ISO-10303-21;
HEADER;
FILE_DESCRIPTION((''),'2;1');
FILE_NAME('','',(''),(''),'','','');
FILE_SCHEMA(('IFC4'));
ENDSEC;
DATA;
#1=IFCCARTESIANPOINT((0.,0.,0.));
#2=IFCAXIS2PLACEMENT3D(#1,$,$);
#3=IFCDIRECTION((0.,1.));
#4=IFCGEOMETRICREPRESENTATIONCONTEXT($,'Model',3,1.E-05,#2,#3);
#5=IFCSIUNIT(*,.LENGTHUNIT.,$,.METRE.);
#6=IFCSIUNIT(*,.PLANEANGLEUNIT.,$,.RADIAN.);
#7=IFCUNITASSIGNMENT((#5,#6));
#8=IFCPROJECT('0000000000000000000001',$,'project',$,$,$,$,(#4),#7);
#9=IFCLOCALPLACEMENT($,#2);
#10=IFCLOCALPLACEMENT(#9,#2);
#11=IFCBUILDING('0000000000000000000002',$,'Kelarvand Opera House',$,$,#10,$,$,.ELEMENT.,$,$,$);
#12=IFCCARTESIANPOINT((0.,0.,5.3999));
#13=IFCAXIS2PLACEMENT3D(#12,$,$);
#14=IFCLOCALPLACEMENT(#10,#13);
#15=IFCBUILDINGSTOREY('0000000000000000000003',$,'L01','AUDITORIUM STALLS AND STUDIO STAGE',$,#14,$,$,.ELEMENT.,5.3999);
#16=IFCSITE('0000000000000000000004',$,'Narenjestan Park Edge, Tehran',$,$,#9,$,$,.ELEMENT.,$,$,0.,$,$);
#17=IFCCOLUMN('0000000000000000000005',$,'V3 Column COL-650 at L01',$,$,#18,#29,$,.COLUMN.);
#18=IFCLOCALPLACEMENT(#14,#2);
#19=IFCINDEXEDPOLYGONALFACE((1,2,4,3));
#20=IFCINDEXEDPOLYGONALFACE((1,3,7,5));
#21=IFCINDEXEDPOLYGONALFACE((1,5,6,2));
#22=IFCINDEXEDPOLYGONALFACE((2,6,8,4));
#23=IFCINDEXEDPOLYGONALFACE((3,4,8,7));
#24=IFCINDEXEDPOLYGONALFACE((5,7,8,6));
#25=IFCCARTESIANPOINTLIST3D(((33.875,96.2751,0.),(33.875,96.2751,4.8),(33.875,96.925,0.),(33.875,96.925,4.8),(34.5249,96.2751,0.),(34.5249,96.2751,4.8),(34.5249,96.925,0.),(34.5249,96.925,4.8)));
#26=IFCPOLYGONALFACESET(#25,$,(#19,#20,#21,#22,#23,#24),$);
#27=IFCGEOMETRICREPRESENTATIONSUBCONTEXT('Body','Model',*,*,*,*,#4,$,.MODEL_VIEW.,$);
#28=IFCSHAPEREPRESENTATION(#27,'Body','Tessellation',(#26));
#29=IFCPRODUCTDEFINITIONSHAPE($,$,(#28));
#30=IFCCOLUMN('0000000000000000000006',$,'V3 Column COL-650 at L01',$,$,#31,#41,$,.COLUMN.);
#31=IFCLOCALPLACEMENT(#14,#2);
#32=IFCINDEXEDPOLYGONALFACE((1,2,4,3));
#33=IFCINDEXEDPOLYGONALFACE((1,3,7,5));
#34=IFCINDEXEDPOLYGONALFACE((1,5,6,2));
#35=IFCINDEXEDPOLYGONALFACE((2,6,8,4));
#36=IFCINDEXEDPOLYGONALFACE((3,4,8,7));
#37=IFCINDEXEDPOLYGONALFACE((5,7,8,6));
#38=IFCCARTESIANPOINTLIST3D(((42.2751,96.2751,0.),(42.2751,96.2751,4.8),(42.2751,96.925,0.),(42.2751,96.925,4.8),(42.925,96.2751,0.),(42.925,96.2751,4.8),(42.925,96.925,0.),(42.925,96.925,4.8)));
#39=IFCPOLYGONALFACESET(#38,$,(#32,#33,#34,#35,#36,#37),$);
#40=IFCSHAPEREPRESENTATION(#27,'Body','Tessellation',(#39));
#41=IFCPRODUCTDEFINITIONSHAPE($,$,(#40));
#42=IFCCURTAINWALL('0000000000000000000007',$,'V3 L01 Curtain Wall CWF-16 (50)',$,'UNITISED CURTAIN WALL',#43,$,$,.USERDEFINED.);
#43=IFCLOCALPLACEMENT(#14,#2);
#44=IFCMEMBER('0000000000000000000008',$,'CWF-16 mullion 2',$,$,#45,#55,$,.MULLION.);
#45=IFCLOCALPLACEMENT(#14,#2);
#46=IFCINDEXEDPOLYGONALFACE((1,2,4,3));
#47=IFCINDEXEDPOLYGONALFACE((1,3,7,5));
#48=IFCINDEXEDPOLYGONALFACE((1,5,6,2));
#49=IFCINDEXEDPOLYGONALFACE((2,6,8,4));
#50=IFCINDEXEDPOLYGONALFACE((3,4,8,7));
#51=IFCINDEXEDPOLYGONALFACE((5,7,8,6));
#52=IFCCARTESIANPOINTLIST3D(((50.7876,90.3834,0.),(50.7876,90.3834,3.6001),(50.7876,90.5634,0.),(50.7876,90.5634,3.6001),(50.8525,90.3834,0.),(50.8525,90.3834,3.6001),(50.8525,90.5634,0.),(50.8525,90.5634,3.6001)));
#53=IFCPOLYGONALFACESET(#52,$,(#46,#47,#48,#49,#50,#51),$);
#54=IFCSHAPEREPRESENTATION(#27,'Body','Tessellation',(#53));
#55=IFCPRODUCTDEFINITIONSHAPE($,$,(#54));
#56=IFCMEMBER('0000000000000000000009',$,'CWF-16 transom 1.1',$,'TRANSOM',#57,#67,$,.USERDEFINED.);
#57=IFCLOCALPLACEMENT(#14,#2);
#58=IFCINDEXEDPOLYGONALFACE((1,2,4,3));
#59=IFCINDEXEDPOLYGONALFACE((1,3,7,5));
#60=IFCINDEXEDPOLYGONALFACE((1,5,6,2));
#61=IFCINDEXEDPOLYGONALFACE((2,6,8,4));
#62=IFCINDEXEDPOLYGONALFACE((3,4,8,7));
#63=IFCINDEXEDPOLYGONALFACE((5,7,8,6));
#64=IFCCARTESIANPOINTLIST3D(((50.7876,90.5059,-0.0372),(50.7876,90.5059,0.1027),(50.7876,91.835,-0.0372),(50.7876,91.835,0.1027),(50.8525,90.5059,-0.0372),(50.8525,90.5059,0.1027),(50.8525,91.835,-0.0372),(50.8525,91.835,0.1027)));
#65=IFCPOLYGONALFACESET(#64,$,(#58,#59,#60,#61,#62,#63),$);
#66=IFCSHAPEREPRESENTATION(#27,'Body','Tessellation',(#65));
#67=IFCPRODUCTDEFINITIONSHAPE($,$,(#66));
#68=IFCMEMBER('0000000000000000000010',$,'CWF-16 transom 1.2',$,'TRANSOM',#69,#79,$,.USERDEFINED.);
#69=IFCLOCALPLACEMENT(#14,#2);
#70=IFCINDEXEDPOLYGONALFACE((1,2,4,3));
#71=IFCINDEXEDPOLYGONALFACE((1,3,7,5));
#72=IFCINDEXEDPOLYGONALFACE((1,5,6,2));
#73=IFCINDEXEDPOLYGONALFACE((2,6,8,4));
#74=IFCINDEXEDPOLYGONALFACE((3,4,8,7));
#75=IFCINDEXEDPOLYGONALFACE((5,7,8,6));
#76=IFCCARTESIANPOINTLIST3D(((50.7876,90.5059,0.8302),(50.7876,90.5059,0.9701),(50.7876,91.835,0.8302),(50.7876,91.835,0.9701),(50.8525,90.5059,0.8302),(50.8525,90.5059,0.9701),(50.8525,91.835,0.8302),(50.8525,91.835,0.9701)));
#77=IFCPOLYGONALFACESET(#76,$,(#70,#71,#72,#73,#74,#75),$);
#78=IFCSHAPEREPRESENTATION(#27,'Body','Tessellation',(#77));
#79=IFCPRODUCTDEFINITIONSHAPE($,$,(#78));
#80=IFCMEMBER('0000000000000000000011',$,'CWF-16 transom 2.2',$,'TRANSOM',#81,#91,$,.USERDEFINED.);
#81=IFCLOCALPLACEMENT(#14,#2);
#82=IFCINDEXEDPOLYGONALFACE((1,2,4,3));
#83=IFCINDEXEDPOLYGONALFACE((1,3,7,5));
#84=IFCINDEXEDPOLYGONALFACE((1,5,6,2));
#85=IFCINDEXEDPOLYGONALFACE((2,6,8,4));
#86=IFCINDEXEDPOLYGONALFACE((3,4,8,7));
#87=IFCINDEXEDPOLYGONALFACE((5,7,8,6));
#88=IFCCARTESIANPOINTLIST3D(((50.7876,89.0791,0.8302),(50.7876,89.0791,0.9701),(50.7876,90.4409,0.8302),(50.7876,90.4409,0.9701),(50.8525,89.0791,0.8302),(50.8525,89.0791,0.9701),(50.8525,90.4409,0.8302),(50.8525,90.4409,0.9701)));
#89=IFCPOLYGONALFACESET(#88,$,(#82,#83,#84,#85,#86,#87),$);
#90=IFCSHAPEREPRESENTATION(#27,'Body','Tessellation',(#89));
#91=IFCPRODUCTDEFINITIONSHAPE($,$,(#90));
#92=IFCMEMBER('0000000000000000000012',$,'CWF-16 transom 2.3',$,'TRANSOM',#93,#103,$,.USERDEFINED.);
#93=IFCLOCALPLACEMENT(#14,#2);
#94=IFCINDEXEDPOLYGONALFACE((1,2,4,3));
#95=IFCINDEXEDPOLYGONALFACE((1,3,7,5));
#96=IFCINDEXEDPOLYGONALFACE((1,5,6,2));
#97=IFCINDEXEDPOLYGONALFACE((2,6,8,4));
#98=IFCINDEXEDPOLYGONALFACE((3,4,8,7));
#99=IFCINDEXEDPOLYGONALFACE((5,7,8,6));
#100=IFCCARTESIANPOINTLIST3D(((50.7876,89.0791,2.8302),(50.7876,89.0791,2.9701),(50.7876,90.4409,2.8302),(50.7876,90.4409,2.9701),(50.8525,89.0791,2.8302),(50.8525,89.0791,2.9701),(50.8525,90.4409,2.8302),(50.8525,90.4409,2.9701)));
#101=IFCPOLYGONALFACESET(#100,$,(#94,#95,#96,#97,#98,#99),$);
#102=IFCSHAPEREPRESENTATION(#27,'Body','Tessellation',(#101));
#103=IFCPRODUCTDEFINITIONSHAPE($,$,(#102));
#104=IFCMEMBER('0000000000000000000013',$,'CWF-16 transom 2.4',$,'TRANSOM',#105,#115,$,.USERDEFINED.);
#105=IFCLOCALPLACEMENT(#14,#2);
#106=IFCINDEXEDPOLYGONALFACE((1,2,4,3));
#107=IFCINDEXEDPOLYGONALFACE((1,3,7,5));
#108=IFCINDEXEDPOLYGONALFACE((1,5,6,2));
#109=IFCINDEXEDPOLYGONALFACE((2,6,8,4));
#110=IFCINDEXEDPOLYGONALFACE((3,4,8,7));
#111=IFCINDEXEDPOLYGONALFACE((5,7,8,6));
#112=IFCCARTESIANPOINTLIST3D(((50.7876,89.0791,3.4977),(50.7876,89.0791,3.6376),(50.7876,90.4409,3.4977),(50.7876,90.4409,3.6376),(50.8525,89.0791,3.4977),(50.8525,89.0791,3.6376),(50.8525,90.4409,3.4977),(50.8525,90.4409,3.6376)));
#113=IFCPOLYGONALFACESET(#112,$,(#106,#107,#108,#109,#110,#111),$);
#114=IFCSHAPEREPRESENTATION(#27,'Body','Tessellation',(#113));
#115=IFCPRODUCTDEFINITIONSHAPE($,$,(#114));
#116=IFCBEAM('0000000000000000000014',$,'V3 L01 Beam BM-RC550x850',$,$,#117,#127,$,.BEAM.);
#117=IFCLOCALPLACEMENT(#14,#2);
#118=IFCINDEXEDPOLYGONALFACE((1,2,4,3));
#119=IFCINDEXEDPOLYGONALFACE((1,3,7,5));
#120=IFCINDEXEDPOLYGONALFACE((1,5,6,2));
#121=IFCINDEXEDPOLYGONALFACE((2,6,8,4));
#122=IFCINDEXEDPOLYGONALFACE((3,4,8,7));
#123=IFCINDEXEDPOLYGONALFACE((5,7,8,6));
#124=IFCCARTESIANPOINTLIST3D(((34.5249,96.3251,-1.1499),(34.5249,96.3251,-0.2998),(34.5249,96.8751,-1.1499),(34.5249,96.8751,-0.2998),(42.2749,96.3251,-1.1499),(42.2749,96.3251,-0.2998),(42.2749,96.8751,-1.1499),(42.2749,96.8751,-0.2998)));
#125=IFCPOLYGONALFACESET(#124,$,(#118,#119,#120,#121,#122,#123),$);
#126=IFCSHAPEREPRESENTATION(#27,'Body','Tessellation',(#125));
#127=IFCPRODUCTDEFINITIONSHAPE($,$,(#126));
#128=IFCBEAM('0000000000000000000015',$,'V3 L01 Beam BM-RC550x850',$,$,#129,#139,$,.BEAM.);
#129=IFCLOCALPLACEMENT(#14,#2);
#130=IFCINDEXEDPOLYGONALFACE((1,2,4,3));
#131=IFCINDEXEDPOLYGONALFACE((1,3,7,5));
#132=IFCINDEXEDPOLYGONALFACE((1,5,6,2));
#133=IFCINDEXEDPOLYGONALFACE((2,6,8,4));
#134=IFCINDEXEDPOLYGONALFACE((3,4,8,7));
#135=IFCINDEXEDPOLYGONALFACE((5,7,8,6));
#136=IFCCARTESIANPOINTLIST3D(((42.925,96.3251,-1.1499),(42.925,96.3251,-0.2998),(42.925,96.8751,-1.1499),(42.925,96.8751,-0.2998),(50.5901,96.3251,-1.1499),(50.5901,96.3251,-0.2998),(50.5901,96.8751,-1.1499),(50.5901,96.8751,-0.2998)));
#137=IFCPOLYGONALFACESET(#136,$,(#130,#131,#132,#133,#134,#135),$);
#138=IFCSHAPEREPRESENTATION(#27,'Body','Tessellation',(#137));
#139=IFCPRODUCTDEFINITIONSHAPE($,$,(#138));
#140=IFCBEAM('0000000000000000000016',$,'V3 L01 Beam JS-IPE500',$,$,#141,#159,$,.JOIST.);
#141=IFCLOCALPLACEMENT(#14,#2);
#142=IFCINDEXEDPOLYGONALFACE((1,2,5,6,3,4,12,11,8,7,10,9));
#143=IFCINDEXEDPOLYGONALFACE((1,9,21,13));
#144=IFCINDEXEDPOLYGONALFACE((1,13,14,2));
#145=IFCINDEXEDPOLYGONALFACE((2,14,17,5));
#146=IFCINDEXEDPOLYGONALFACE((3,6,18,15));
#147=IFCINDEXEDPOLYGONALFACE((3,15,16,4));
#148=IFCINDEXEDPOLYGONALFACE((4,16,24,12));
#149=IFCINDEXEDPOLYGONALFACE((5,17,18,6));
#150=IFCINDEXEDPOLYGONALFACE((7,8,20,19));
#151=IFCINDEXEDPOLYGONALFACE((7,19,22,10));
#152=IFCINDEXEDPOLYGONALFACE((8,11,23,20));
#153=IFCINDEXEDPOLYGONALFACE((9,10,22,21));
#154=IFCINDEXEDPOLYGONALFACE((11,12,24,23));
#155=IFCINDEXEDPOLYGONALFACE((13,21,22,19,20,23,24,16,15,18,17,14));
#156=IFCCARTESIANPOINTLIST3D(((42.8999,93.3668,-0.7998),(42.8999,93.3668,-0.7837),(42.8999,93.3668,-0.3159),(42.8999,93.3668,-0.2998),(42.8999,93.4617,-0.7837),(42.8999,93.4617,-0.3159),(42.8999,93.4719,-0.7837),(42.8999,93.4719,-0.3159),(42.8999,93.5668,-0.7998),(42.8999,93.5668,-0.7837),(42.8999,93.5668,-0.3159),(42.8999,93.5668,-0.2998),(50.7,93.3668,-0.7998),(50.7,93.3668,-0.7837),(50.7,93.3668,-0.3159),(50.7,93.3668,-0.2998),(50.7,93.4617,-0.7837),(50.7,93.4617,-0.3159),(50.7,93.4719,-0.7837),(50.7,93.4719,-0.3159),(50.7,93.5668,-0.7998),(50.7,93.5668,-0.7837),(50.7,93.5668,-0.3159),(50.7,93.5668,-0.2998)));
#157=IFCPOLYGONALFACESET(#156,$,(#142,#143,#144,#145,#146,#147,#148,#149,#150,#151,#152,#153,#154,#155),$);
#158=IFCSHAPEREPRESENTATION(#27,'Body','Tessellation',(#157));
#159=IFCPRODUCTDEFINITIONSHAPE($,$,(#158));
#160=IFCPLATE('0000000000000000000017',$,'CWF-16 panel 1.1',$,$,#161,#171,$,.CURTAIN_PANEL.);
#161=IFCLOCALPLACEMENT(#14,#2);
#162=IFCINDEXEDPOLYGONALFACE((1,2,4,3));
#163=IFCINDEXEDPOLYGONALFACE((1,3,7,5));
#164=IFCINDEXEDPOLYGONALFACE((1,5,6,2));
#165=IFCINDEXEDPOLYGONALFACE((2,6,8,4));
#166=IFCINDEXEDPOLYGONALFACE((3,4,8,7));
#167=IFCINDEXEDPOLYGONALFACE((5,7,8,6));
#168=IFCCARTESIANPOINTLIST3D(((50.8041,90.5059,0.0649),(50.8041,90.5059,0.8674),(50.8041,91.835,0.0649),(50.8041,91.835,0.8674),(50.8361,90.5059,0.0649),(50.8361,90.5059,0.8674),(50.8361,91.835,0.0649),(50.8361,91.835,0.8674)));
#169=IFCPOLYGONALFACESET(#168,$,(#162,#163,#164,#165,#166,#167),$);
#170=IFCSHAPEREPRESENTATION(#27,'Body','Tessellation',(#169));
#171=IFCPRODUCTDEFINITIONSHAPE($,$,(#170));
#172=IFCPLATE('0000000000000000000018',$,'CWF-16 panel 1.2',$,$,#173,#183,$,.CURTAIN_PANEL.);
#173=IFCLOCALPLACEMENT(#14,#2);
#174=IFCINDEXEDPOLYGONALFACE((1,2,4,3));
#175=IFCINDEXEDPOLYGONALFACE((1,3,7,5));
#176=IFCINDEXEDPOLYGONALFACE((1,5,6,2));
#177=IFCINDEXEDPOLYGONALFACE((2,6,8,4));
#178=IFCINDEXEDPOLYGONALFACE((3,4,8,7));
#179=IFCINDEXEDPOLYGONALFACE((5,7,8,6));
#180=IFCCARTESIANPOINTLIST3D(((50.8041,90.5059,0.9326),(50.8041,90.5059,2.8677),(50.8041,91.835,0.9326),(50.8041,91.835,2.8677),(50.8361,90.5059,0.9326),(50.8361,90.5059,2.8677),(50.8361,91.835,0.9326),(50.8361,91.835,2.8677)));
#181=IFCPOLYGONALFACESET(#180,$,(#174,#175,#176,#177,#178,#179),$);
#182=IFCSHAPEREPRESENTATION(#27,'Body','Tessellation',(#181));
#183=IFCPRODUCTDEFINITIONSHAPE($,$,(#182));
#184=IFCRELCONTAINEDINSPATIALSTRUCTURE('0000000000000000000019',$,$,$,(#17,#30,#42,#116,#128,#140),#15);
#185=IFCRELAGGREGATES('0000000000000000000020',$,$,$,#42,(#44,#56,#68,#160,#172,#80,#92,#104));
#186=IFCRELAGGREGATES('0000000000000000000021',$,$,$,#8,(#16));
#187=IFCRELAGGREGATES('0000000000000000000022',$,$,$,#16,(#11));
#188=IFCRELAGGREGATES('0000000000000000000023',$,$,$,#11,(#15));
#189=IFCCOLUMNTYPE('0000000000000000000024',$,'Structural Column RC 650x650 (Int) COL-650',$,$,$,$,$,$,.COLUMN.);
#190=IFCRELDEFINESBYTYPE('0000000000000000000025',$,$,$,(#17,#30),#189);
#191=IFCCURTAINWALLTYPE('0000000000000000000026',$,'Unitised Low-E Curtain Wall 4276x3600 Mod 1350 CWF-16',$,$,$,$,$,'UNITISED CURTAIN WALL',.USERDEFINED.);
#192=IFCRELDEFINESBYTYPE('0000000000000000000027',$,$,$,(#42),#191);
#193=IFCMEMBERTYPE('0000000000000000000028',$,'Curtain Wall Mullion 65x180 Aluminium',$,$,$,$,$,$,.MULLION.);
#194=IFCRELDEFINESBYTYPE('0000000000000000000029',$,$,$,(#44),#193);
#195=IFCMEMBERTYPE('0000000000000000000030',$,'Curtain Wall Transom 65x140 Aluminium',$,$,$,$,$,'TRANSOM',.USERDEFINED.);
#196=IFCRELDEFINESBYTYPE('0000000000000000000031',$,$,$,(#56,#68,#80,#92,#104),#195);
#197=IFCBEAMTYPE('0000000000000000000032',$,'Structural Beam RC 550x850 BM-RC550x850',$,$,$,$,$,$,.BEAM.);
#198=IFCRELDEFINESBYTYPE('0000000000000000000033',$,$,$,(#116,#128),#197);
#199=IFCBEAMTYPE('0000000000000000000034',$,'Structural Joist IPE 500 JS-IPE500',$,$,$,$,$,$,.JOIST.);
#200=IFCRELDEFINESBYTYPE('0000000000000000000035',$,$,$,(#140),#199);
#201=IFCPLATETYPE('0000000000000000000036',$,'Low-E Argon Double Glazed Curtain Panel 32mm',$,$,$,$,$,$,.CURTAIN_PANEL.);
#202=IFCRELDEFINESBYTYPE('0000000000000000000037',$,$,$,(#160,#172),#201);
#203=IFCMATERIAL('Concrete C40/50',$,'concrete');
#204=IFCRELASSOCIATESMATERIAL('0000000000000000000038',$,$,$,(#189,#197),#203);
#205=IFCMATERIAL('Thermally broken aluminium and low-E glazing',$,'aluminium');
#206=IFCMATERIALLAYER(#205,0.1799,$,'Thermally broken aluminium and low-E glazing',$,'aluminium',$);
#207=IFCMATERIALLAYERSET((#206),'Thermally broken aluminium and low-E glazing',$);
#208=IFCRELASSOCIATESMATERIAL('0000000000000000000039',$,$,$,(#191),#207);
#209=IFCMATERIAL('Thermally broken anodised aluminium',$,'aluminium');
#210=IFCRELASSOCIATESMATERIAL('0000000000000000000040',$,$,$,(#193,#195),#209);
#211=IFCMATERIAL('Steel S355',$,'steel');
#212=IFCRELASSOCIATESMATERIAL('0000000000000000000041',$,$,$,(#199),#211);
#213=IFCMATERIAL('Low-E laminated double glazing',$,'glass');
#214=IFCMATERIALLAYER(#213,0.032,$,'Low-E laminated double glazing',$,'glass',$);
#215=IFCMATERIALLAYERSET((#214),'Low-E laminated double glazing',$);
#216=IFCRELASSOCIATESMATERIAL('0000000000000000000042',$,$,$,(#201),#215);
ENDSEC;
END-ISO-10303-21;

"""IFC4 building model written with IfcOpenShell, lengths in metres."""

from ifc_helpers import new_model, si_unit, direction, frame, origin, origin_2d, place, context, subcontext, project, spatial, rectangle, i_section, extrude, material, layer, layer_set, material_profile, profile_set, type_object, element, aggregate, save


model = new_model("IFC4")

# Units and contexts
model_context = context("Model", 3, precision=1e-05, world=origin(), true_north=direction((0.0, 1.0)))
body_context = subcontext(model_context, "Body", "Model", "MODEL_VIEW")
ifc_project = project(units=[si_unit("LENGTHUNIT", "METRE"), si_unit("PLANEANGLEUNIT", "RADIAN")], contexts=[model_context])

# Site, building, storey
site_placement = place(None, origin())
site = spatial("IfcSite", under=ifc_project, at=site_placement, Name="Narenjestan Park Edge, Tehran", CompositionType="ELEMENT", RefElevation=0.0)
building_placement = place(site_placement, origin())
building = spatial("IfcBuilding", under=site, at=building_placement, Name="Kelarvand Opera House", CompositionType="ELEMENT")
storey_placement = place(building_placement, frame((0.0, 0.0, 5.3999)))
storey = spatial("IfcBuildingStorey", under=building, at=storey_placement, Name="L01", Description="AUDITORIUM STALLS AND STUDIO STAGE", CompositionType="ELEMENT", Elevation=5.3999)

# Columns
ifc_material_1 = material(Name="Concrete C40/50", Category="concrete")
ifc_material_profile_1 = material_profile(ifc_material_1, rectangle(XDim=0.6499, YDim=0.6499, at=origin_2d()), Name="RC 650x650", Category="concrete")
ifc_profile_set_1 = profile_set([ifc_material_profile_1], Name="Concrete C40/50")
column_type = type_object("IfcColumnType", Name="Structural Column RC 650x650 (Int) COL-650", PredefinedType="COLUMN", material=ifc_profile_set_1)
for number, where, z_axis, x_axis, name in (
    (1, (34.2, 96.6001, 0.0), (0.0, 0.0, 1.0), (1.0, 0.0, 0.0), "V3 Column COL-650 at L01"),
    (2, (42.6001, 96.6001, 0.0), (0.0, 0.0, 1.0), (1.0, 0.0, 0.0), "V3 Column COL-650 at L01"),
):
    element("IfcColumn", number, at=place(storey_placement, frame(where, z_axis=z_axis, x_axis=x_axis)), inside=storey, type_object=column_type, Name=name, PredefinedType="COLUMN", context=body_context, shape_type="SweptSolid", body=[
        extrude(rectangle(XDim=0.6499, YDim=0.6499, at=origin_2d()), origin(), (0.0, 0.0, 1.0), 4.8),
    ])

# Curtain wall, members
ifc_material_2 = material(Name="Thermally broken aluminium and low-E glazing", Category="aluminium")
ifc_layer_1 = layer(ifc_material_2, 0.1799, Name="Thermally broken aluminium and low-E glazing", Category="aluminium")
ifc_layer_set_1 = layer_set([ifc_layer_1], Name="Thermally broken aluminium and low-E glazing")
curtain_wall_type = type_object("IfcCurtainWallType", Name="Unitised Low-E Curtain Wall 4276x3600 Mod 1350 CWF-16", ElementType="UNITISED CURTAIN WALL", PredefinedType="USERDEFINED", material=ifc_layer_set_1)
curtain_wall_placement = place(storey_placement, origin())
curtain_wall = element("IfcCurtainWall", 3, at=curtain_wall_placement, inside=storey, type_object=curtain_wall_type, Name="V3 L01 Curtain Wall CWF-16 (50)", ObjectType="UNITISED CURTAIN WALL", PredefinedType="USERDEFINED")
ifc_material_3 = material(Name="Thermally broken anodised aluminium", Category="aluminium")
ifc_material_profile_2 = material_profile(ifc_material_3, rectangle(XDim=0.0649, YDim=0.1799, at=origin_2d()), Name="ALU MULLION 65x180", Category="aluminium")
ifc_profile_set_2 = profile_set([ifc_material_profile_2], Name="Thermally broken anodised aluminium")
member_type_1 = type_object("IfcMemberType", Name="Curtain Wall Mullion 65x180 Aluminium", PredefinedType="MULLION", material=ifc_profile_set_2)
member_1_placement = place(storey_placement, frame((50.8201, 90.4734, 0.0), z_axis=(0.0, 0.0, 1.0), x_axis=(1.0, 0.0, 0.0)))
member_1 = element("IfcMember", 4, at=member_1_placement, type_object=member_type_1, Name="CWF-16 mullion 2", PredefinedType="MULLION", context=body_context, shape_type="SweptSolid", body=[
    extrude(rectangle(XDim=0.0649, YDim=0.1799, at=origin_2d()), origin(), (0.0, 0.0, 1.0), 3.6001),
])
ifc_material_profile_3 = material_profile(ifc_material_3, rectangle(XDim=0.0649, YDim=0.1399, at=origin_2d()), Name="ALU TRANSOM 65x140", Category="aluminium")
ifc_profile_set_3 = profile_set([ifc_material_profile_3], Name="Thermally broken anodised aluminium")
member_type_2 = type_object("IfcMemberType", Name="Curtain Wall Transom 65x140 Aluminium", ElementType="TRANSOM", PredefinedType="USERDEFINED", material=ifc_profile_set_3)
member_2_placement = place(storey_placement, frame((50.8201, 91.835, 0.0327), z_axis=(0.0, -1.0, 0.0), x_axis=(1.0, 0.0, 0.0)))
member_2 = element("IfcMember", 5, at=member_2_placement, type_object=member_type_2, Name="CWF-16 transom 1.1", ObjectType="TRANSOM", PredefinedType="USERDEFINED", context=body_context, shape_type="SweptSolid", body=[
    extrude(rectangle(XDim=0.0649, YDim=0.1399, at=origin_2d()), origin(), (0.0, 0.0, 1.0), 1.3291),
])
member_3_placement = place(storey_placement, frame((50.8201, 91.835, 0.9001), z_axis=(0.0, -1.0, 0.0), x_axis=(1.0, 0.0, 0.0)))
member_3 = element("IfcMember", 6, at=member_3_placement, type_object=member_type_2, Name="CWF-16 transom 1.2", ObjectType="TRANSOM", PredefinedType="USERDEFINED", context=body_context, shape_type="SweptSolid", body=[
    extrude(rectangle(XDim=0.0649, YDim=0.1399, at=origin_2d()), origin(), (0.0, 0.0, 1.0), 1.3291),
])
member_4_placement = place(storey_placement, frame((50.8201, 90.4409, 0.9001), z_axis=(0.0, -1.0, 0.0), x_axis=(1.0, 0.0, 0.0)))
member_4 = element("IfcMember", 7, at=member_4_placement, type_object=member_type_2, Name="CWF-16 transom 2.2", ObjectType="TRANSOM", PredefinedType="USERDEFINED", context=body_context, shape_type="SweptSolid", body=[
    extrude(rectangle(XDim=0.0649, YDim=0.1399, at=origin_2d()), origin(), (0.0, 0.0, 1.0), 1.3618),
])
member_5_placement = place(storey_placement, frame((50.8201, 90.4409, 2.9001), z_axis=(0.0, -1.0, 0.0), x_axis=(1.0, 0.0, 0.0)))
member_5 = element("IfcMember", 8, at=member_5_placement, type_object=member_type_2, Name="CWF-16 transom 2.3", ObjectType="TRANSOM", PredefinedType="USERDEFINED", context=body_context, shape_type="SweptSolid", body=[
    extrude(rectangle(XDim=0.0649, YDim=0.1399, at=origin_2d()), origin(), (0.0, 0.0, 1.0), 1.3618),
])
member_6_placement = place(storey_placement, frame((50.8201, 90.4409, 3.5676), z_axis=(0.0, -1.0, 0.0), x_axis=(1.0, 0.0, 0.0)))
member_6 = element("IfcMember", 9, at=member_6_placement, type_object=member_type_2, Name="CWF-16 transom 2.4", ObjectType="TRANSOM", PredefinedType="USERDEFINED", context=body_context, shape_type="SweptSolid", body=[
    extrude(rectangle(XDim=0.0649, YDim=0.1399, at=origin_2d()), origin(), (0.0, 0.0, 1.0), 1.3618),
])

# Beams
ifc_material_profile_4 = material_profile(ifc_material_1, rectangle(XDim=0.55, YDim=0.8501, at=origin_2d()), Name="RC 550x850", Category="concrete")
ifc_profile_set_4 = profile_set([ifc_material_profile_4], Name="Concrete C40/50")
beam_type_1 = type_object("IfcBeamType", Name="Structural Beam RC 550x850 BM-RC550x850", PredefinedType="BEAM", material=ifc_profile_set_4)
beam_1_placement = place(storey_placement, frame((34.5249, 96.6001, -0.7249), z_axis=(1.0, 0.0, 0.0), x_axis=(0.0, 1.0, 0.0)))
element("IfcBeam", 10, at=beam_1_placement, inside=storey, type_object=beam_type_1, Name="V3 L01 Beam BM-RC550x850", PredefinedType="BEAM", context=body_context, shape_type="SweptSolid", body=[
    extrude(rectangle(XDim=0.55, YDim=0.8501, at=origin_2d()), origin(), (0.0, 0.0, 1.0), 7.75),
])
beam_2_placement = place(storey_placement, frame((42.925, 96.6001, -0.7249), z_axis=(1.0, 0.0, 0.0), x_axis=(0.0, 1.0, 0.0)))
element("IfcBeam", 11, at=beam_2_placement, inside=storey, type_object=beam_type_1, Name="V3 L01 Beam BM-RC550x850", PredefinedType="BEAM", context=body_context, shape_type="SweptSolid", body=[
    extrude(rectangle(XDim=0.55, YDim=0.8501, at=origin_2d()), origin(), (0.0, 0.0, 1.0), 7.665),
])
ifc_material_4 = material(Name="Steel S355", Category="steel")
ifc_material_profile_5 = material_profile(ifc_material_4, i_section(OverallWidth=0.2, OverallDepth=0.5, WebThickness=0.0103, FlangeThickness=0.0161, at=origin_2d()), Name="IPE 500", Category="steel")
ifc_profile_set_5 = profile_set([ifc_material_profile_5], Name="Steel S355")
beam_type_2 = type_object("IfcBeamType", Name="Structural Joist IPE 500 JS-IPE500", PredefinedType="JOIST", material=ifc_profile_set_5)
beam_3_placement = place(storey_placement, frame((42.8999, 93.4668, -0.5498), z_axis=(1.0, 0.0, 0.0), x_axis=(0.0, 1.0, 0.0)))
element("IfcBeam", 12, at=beam_3_placement, inside=storey, type_object=beam_type_2, Name="V3 L01 Beam JS-IPE500", PredefinedType="JOIST", context=body_context, shape_type="SweptSolid", body=[
    extrude(i_section(OverallWidth=0.2, OverallDepth=0.5, WebThickness=0.0103, FlangeThickness=0.0161, at=origin_2d()), origin(), (0.0, 0.0, 1.0), 7.8),
])

# Plates
ifc_material_5 = material(Name="Low-E laminated double glazing", Category="glass")
ifc_layer_2 = layer(ifc_material_5, 0.032, Name="Low-E laminated double glazing", Category="glass")
ifc_layer_set_2 = layer_set([ifc_layer_2], Name="Low-E laminated double glazing")
plate_type = type_object("IfcPlateType", Name="Low-E Argon Double Glazed Curtain Panel 32mm", PredefinedType="CURTAIN_PANEL", material=ifc_layer_set_2)
plate_1_placement = place(storey_placement, frame((50.8201, 91.1704, 0.0649), z_axis=(0.0, 0.0, 1.0), x_axis=(0.0, -1.0, 0.0)))
plate_1 = element("IfcPlate", 13, at=plate_1_placement, type_object=plate_type, Name="CWF-16 panel 1.1", PredefinedType="CURTAIN_PANEL", context=body_context, shape_type="SweptSolid", body=[
    extrude(rectangle(XDim=1.3291, YDim=0.032, at=origin_2d()), origin(), (0.0, 0.0, 1.0), 0.8025),
])
plate_2_placement = place(storey_placement, frame((50.8201, 91.1704, 0.9326), z_axis=(0.0, 0.0, 1.0), x_axis=(0.0, -1.0, 0.0)))
plate_2 = element("IfcPlate", 14, at=plate_2_placement, type_object=plate_type, Name="CWF-16 panel 1.2", PredefinedType="CURTAIN_PANEL", context=body_context, shape_type="SweptSolid", body=[
    extrude(rectangle(XDim=1.3291, YDim=0.032, at=origin_2d()), origin(), (0.0, 0.0, 1.0), 1.9351),
])
aggregate(curtain_wall, [member_1, member_2, member_3, plate_1, plate_2, member_4, member_5, member_6])

save(model, "model.ifc")
